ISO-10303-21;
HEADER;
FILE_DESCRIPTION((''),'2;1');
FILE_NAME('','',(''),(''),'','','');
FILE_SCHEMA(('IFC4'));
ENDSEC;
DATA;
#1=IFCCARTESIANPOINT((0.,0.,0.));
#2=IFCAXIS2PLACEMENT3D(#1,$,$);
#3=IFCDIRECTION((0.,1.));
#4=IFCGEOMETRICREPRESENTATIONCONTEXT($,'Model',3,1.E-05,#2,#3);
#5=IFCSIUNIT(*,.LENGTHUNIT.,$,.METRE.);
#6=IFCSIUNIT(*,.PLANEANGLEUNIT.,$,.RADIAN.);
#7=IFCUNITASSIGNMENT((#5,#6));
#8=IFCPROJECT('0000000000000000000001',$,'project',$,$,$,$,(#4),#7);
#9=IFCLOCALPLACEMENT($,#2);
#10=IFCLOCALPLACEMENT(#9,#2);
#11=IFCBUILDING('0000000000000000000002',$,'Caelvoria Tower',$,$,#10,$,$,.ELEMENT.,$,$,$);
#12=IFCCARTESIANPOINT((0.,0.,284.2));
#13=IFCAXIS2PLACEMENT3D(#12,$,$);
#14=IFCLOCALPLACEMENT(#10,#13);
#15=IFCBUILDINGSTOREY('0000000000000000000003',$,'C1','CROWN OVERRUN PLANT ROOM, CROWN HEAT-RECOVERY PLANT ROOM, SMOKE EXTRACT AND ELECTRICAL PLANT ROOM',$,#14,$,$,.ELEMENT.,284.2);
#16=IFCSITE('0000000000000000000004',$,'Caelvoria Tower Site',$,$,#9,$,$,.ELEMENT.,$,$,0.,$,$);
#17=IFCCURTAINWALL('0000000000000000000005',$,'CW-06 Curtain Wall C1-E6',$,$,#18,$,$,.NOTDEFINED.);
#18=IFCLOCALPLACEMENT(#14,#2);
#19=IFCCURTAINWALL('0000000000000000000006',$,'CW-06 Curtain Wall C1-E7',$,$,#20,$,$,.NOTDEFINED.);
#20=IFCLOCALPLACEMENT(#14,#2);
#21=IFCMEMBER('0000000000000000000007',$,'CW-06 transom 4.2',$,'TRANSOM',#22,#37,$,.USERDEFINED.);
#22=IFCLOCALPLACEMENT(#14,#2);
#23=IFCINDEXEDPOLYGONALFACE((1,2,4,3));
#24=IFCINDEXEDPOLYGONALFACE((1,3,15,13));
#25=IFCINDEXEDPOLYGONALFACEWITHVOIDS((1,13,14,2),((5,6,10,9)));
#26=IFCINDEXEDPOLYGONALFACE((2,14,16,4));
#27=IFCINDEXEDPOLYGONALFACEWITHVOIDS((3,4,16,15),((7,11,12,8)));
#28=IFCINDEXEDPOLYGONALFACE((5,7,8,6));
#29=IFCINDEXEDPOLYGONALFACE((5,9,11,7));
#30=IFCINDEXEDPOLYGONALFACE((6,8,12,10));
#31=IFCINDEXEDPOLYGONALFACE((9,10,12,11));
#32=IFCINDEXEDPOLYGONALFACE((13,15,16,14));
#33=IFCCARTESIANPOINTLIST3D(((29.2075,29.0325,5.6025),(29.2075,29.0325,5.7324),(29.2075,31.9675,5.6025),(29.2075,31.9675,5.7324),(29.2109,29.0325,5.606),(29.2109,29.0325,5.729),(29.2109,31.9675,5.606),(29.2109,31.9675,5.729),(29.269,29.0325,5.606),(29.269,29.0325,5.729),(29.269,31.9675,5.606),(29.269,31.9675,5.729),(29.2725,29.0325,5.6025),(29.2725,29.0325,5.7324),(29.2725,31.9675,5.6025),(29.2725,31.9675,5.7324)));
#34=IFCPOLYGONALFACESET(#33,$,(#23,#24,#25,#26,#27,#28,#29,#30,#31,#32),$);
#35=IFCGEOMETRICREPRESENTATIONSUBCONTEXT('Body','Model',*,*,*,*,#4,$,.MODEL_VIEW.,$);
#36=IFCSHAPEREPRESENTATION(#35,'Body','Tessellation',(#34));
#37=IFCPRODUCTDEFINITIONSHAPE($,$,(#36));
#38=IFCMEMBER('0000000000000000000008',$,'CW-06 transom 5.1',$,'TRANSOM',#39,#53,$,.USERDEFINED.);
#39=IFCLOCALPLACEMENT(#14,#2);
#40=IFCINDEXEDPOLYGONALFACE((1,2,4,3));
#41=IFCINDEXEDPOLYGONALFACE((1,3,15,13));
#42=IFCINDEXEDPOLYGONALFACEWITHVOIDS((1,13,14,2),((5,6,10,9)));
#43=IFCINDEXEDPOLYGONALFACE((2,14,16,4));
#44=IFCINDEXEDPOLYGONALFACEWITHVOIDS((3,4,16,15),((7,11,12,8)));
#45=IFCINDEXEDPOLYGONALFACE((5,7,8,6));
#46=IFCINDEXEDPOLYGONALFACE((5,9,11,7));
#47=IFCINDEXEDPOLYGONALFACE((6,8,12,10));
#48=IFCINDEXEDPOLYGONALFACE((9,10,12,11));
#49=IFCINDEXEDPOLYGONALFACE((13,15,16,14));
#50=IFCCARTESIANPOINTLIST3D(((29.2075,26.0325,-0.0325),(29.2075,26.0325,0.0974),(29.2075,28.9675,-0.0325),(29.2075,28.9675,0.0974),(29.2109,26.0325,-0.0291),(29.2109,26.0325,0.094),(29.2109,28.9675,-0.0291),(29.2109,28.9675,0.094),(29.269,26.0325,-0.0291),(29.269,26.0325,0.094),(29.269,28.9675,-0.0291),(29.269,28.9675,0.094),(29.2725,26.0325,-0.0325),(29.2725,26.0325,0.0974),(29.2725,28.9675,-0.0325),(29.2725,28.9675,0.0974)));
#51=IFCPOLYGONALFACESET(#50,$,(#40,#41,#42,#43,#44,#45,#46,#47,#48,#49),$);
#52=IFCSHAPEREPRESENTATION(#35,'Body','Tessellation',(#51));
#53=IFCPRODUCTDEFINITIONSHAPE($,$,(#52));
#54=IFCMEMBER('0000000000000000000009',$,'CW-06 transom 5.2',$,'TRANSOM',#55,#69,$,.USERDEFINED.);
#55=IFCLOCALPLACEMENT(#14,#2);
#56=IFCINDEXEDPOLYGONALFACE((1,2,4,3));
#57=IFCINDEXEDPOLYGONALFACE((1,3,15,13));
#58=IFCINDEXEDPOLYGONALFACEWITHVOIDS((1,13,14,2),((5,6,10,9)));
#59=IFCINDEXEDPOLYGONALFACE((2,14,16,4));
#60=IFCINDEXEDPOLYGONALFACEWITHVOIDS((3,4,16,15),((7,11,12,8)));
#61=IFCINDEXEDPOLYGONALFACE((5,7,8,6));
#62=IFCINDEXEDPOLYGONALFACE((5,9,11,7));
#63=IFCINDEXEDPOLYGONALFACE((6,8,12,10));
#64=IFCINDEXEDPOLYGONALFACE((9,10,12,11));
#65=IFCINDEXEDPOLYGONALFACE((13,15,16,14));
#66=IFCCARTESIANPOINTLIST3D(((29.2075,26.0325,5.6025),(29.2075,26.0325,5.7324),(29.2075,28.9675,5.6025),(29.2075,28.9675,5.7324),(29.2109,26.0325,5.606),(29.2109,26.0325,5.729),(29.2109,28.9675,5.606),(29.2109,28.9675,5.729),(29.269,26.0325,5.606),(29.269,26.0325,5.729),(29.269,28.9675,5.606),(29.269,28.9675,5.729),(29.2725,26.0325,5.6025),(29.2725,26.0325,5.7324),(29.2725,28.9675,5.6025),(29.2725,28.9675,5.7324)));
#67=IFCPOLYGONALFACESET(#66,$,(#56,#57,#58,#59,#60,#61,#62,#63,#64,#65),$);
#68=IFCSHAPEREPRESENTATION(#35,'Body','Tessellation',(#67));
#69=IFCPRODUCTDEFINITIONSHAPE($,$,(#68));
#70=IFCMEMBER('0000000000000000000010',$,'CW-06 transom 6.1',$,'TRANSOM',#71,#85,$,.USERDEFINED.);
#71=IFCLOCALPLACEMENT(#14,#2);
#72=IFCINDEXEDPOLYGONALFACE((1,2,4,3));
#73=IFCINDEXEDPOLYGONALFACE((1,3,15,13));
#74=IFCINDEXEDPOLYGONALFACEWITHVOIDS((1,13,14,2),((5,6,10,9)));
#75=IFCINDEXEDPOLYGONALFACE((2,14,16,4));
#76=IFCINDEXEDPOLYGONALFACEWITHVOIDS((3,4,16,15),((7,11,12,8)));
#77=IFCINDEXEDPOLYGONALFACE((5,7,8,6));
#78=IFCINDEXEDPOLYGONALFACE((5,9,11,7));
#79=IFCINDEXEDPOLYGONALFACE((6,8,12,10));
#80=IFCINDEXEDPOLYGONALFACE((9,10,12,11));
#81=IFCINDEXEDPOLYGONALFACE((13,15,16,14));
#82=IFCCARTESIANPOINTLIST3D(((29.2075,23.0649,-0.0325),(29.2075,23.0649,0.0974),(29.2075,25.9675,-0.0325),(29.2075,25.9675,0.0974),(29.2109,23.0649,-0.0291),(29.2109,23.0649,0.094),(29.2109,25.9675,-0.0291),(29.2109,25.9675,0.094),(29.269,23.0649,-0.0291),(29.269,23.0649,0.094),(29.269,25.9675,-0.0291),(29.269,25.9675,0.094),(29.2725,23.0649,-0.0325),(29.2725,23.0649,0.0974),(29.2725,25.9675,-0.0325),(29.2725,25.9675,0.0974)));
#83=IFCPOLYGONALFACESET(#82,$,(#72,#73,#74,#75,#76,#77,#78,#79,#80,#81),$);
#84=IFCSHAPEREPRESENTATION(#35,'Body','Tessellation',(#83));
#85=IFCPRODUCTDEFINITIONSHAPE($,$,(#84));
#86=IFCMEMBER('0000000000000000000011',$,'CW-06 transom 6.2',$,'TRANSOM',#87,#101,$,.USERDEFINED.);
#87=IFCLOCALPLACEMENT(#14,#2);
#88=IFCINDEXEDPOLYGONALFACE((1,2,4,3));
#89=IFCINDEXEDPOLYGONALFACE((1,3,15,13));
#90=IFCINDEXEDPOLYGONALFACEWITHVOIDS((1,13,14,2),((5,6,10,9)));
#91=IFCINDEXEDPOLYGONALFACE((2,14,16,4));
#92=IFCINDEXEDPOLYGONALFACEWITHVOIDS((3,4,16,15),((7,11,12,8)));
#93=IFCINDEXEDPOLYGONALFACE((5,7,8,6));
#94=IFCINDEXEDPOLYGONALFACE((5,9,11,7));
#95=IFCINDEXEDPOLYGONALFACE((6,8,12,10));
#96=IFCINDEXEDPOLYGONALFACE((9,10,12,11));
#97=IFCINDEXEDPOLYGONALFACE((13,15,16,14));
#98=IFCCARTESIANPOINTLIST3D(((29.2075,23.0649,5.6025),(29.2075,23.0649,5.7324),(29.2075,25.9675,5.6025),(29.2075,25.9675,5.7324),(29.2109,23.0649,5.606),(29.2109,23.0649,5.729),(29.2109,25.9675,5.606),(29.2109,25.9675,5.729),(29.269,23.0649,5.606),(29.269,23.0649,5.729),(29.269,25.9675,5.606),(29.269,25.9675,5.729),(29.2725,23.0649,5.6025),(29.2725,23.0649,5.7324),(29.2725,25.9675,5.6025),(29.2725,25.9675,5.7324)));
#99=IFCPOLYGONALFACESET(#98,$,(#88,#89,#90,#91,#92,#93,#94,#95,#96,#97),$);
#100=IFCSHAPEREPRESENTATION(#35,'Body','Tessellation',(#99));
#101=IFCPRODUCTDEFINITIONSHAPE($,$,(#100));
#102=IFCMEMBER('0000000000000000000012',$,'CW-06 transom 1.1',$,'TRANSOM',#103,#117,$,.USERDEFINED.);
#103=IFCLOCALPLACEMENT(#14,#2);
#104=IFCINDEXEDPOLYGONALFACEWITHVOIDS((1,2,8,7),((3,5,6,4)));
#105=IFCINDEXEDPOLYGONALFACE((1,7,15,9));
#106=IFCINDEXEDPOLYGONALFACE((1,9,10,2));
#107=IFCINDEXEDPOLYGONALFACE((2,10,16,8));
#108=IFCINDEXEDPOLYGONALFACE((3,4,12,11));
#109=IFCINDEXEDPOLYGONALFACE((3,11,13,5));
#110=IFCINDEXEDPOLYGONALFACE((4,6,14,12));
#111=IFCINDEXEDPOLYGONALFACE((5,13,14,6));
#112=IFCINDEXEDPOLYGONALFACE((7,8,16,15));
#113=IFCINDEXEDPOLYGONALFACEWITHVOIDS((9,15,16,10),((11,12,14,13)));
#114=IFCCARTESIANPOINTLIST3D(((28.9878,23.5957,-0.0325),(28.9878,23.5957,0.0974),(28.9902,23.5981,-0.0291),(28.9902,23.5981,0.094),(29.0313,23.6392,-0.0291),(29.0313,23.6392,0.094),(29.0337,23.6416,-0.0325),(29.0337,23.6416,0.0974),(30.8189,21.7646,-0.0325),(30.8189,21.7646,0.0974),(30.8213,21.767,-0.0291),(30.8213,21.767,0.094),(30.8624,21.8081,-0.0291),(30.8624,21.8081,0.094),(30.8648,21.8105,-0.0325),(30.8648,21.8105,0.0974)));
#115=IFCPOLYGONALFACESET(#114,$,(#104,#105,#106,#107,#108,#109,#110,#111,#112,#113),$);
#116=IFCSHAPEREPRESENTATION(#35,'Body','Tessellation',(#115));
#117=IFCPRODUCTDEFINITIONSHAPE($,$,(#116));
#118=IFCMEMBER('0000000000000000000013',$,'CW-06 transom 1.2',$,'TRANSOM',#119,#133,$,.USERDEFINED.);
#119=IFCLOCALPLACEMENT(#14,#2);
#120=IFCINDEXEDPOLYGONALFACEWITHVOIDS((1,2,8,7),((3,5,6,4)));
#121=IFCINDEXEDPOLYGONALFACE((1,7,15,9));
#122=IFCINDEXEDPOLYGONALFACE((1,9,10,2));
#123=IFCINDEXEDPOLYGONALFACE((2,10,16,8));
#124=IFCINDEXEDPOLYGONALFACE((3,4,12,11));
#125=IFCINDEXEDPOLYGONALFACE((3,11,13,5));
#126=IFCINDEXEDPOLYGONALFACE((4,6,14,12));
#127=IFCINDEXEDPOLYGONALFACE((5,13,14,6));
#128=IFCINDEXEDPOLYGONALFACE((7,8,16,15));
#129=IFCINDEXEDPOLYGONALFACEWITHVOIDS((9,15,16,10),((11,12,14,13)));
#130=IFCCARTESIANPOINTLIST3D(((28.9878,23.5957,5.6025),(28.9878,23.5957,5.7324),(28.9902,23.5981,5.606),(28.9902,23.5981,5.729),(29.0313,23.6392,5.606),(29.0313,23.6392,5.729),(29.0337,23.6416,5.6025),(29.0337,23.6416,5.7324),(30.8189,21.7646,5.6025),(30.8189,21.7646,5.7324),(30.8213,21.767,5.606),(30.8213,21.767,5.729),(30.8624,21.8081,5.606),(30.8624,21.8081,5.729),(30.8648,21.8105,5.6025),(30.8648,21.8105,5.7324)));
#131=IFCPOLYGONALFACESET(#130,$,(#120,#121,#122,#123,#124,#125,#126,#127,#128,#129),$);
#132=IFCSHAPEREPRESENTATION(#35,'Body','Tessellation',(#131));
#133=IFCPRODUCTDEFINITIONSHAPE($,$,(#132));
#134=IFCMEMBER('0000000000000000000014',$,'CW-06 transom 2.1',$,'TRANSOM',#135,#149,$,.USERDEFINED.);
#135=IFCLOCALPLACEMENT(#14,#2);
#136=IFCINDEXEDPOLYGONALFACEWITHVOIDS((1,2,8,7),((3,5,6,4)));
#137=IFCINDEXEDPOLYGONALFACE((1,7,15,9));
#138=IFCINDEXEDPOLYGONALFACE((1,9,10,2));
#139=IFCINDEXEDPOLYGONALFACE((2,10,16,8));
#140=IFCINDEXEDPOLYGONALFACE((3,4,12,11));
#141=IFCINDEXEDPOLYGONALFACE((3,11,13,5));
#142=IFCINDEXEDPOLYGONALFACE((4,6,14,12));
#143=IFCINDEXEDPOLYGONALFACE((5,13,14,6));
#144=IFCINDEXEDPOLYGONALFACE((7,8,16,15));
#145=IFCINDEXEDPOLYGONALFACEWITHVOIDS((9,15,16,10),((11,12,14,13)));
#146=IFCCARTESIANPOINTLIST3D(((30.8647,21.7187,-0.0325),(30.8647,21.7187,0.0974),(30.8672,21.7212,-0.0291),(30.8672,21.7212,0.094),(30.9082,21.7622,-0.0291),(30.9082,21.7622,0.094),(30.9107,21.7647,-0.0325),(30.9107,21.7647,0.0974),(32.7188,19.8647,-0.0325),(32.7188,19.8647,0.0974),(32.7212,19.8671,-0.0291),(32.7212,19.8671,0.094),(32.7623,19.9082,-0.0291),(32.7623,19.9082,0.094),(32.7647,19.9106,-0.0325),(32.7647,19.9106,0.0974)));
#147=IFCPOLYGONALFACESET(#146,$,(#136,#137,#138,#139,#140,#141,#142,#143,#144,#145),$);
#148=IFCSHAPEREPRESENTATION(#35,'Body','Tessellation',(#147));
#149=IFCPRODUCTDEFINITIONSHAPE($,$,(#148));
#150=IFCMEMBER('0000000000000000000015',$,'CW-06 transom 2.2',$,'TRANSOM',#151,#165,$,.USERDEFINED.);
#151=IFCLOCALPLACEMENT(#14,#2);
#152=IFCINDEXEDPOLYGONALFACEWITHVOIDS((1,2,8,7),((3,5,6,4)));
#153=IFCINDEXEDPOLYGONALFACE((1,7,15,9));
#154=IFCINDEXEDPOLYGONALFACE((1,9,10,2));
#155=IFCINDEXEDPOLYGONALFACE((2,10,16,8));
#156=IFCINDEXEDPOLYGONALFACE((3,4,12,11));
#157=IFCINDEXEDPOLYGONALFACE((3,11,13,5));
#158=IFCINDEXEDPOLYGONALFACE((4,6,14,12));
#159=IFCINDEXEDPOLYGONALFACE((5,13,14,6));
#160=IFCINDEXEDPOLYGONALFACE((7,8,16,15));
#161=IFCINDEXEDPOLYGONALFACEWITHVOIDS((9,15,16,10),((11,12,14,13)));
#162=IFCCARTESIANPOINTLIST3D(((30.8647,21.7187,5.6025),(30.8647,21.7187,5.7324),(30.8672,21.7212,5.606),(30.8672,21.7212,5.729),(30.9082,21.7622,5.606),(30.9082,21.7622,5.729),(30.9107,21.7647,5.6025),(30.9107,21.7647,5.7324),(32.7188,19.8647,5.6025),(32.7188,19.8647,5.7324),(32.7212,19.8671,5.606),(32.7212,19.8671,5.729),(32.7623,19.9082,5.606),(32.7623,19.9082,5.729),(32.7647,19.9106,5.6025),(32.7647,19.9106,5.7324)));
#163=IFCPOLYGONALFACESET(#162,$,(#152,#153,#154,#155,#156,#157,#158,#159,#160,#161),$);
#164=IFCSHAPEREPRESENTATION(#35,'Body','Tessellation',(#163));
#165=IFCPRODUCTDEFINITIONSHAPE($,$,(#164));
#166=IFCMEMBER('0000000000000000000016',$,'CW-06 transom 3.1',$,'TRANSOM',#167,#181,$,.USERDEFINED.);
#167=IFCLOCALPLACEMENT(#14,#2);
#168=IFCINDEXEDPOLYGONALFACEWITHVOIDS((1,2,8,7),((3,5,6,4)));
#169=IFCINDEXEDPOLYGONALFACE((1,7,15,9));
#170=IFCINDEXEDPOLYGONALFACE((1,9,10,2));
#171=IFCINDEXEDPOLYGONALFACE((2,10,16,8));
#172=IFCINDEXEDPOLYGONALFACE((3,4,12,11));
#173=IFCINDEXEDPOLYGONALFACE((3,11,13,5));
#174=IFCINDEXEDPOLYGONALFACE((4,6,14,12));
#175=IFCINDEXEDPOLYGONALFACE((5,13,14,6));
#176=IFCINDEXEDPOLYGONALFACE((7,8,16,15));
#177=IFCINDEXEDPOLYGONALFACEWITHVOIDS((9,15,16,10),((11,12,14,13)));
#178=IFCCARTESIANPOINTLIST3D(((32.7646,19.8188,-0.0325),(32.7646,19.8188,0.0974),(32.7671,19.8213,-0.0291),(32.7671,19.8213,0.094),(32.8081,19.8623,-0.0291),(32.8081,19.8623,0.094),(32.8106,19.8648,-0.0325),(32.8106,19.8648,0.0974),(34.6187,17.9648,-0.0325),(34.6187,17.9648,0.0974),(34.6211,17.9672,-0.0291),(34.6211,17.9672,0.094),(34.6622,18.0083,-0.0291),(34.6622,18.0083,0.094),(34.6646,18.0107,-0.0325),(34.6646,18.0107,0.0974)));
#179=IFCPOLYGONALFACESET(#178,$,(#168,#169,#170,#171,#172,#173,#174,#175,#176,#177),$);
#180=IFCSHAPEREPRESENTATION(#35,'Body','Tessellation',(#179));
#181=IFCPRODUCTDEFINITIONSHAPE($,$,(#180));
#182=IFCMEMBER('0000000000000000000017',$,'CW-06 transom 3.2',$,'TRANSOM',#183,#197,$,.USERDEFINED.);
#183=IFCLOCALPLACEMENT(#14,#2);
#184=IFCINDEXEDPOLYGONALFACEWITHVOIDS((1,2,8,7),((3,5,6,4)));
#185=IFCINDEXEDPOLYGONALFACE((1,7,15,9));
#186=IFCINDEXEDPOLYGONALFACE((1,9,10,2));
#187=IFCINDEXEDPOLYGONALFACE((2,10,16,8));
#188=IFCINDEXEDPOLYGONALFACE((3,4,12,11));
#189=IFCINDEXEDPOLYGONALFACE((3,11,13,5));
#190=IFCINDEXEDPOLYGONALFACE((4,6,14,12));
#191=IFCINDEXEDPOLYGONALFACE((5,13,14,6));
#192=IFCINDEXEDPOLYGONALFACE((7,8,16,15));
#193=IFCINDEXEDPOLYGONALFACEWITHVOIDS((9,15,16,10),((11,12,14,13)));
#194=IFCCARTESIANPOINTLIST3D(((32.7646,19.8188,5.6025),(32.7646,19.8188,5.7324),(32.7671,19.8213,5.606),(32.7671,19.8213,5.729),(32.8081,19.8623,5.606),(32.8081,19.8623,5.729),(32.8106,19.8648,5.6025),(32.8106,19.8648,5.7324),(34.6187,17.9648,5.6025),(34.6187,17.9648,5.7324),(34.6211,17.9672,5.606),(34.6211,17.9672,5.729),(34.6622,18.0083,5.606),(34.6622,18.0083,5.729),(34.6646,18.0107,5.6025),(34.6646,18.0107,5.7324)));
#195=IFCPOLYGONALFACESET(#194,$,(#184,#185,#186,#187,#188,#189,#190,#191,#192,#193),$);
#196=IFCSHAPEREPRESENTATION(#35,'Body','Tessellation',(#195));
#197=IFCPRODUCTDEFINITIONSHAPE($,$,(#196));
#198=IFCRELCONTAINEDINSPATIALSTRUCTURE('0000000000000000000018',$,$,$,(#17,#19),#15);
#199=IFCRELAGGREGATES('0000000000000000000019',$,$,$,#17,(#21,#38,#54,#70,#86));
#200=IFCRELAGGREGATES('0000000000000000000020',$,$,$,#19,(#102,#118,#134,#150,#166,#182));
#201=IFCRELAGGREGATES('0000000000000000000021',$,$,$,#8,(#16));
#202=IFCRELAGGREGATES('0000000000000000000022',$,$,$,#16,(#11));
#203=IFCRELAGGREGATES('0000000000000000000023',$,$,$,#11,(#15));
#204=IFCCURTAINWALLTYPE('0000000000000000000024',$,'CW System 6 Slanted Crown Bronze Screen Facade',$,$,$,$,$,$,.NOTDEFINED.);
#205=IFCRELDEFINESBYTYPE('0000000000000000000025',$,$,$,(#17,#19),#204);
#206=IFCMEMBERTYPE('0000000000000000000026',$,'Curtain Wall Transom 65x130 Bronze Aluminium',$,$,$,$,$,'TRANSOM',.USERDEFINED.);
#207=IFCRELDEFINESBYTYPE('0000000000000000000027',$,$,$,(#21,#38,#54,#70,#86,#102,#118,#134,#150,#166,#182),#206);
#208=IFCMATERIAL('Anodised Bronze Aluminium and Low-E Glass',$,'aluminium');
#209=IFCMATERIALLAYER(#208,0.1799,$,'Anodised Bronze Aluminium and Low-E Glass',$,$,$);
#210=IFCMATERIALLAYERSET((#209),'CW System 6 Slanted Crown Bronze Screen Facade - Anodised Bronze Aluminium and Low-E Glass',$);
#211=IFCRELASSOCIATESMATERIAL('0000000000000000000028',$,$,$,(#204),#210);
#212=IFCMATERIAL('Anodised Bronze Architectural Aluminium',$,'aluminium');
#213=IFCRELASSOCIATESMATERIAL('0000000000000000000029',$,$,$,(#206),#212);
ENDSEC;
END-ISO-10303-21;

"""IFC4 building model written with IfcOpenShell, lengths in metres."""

from ifc_helpers import new_model, si_unit, direction, frame, origin, origin_2d, place, context, subcontext, project, spatial, hollow_rectangle, extrude, material, layer, layer_set, material_profile, profile_set, type_object, element, aggregate, save


model = new_model("IFC4")

# Units and contexts
model_context = context("Model", 3, precision=1e-05, world=origin(), true_north=direction((0.0, 1.0)))
body_context = subcontext(model_context, "Body", "Model", "MODEL_VIEW")
ifc_project = project(units=[si_unit("LENGTHUNIT", "METRE"), si_unit("PLANEANGLEUNIT", "RADIAN")], contexts=[model_context])

# Site, building, storey
site_placement = place(None, origin())
site = spatial("IfcSite", under=ifc_project, at=site_placement, Name="Caelvoria Tower Site", CompositionType="ELEMENT", RefElevation=0.0)
building_placement = place(site_placement, origin())
building = spatial("IfcBuilding", under=site, at=building_placement, Name="Caelvoria Tower", CompositionType="ELEMENT")
storey_placement = place(building_placement, frame((0.0, 0.0, 284.2)))
storey = spatial("IfcBuildingStorey", under=building, at=storey_placement, Name="C1", Description="CROWN OVERRUN PLANT ROOM, CROWN HEAT-RECOVERY PLANT ROOM, SMOKE EXTRACT AND ELECTRICAL PLANT ROOM", CompositionType="ELEMENT", Elevation=284.2)

# Curtain walls
ifc_material_1 = material(Name="Anodised Bronze Aluminium and Low-E Glass", Category="aluminium")
ifc_layer_1 = layer(ifc_material_1, 0.1799, Name="Anodised Bronze Aluminium and Low-E Glass")
ifc_layer_set_1 = layer_set([ifc_layer_1], Name="CW System 6 Slanted Crown Bronze Screen Facade - Anodised Bronze Aluminium and Low-E Glass")
curtain_wall_type = type_object("IfcCurtainWallType", Name="CW System 6 Slanted Crown Bronze Screen Facade", PredefinedType="NOTDEFINED", material=ifc_layer_set_1)
curtain_wall_1_placement = place(storey_placement, origin())
curtain_wall_1 = element("IfcCurtainWall", 1, at=curtain_wall_1_placement, inside=storey, type_object=curtain_wall_type, Name="CW-06 Curtain Wall C1-E6", PredefinedType="NOTDEFINED")
ifc_material_2 = material(Name="Anodised Bronze Architectural Aluminium", Category="aluminium")
curtain_wall_2_placement = place(storey_placement, origin())
curtain_wall_2 = element("IfcCurtainWall", 2, at=curtain_wall_2_placement, inside=storey, type_object=curtain_wall_type, Name="CW-06 Curtain Wall C1-E7", PredefinedType="NOTDEFINED")

# Members
ifc_material_profile_1 = material_profile(ifc_material_2, hollow_rectangle(XDim=0.0649, YDim=0.1299, WallThickness=0.0034, at=origin_2d()), Name="Anodised Bronze Architectural Aluminium")
ifc_profile_set_1 = profile_set([ifc_material_profile_1], Name="CW_TRAN_65X130 - Anodised Bronze Architectural Aluminium")
member_type_1 = type_object("IfcMemberType", Name="Curtain Wall Transom 65x130 Bronze Aluminium", ElementType="TRANSOM", PredefinedType="USERDEFINED", material=ifc_profile_set_1)
member_1_placement = place(storey_placement, frame((29.24, 31.9675, 5.6675), z_axis=(0.0, -1.0, 0.0), x_axis=(1.0, 0.0, 0.0)))
member_1 = element("IfcMember", 3, at=member_1_placement, type_object=member_type_1, Name="CW-06 transom 4.2", ObjectType="TRANSOM", PredefinedType="USERDEFINED", context=body_context, shape_type="SweptSolid", body=[
    extrude(hollow_rectangle(XDim=0.0649, YDim=0.1299, WallThickness=0.0034, at=origin_2d()), origin(), (0.0, 0.0, 1.0), 2.9351),
])
member_2_placement = place(storey_placement, frame((29.24, 28.9675, 0.0325), z_axis=(0.0, -1.0, 0.0), x_axis=(1.0, 0.0, 0.0)))
member_2 = element("IfcMember", 4, at=member_2_placement, type_object=member_type_1, Name="CW-06 transom 5.1", ObjectType="TRANSOM", PredefinedType="USERDEFINED", context=body_context, shape_type="SweptSolid", body=[
    extrude(hollow_rectangle(XDim=0.0649, YDim=0.1299, WallThickness=0.0034, at=origin_2d()), origin(), (0.0, 0.0, 1.0), 2.9351),
])
member_3_placement = place(storey_placement, frame((29.24, 28.9675, 5.6675), z_axis=(0.0, -1.0, 0.0), x_axis=(1.0, 0.0, 0.0)))
member_3 = element("IfcMember", 5, at=member_3_placement, type_object=member_type_1, Name="CW-06 transom 5.2", ObjectType="TRANSOM", PredefinedType="USERDEFINED", context=body_context, shape_type="SweptSolid", body=[
    extrude(hollow_rectangle(XDim=0.0649, YDim=0.1299, WallThickness=0.0034, at=origin_2d()), origin(), (0.0, 0.0, 1.0), 2.9351),
])
member_4_placement = place(storey_placement, frame((29.24, 25.9675, 0.0325), z_axis=(0.0, -1.0, 0.0), x_axis=(1.0, 0.0, 0.0)))
member_4 = element("IfcMember", 6, at=member_4_placement, type_object=member_type_1, Name="CW-06 transom 6.1", ObjectType="TRANSOM", PredefinedType="USERDEFINED", context=body_context, shape_type="SweptSolid", body=[
    extrude(hollow_rectangle(XDim=0.0649, YDim=0.1299, WallThickness=0.0034, at=origin_2d()), origin(), (0.0, 0.0, 1.0), 2.9026),
])
member_5_placement = place(storey_placement, frame((29.24, 25.9675, 5.6675), z_axis=(0.0, -1.0, 0.0), x_axis=(1.0, 0.0, 0.0)))
member_5 = element("IfcMember", 7, at=member_5_placement, type_object=member_type_1, Name="CW-06 transom 6.2", ObjectType="TRANSOM", PredefinedType="USERDEFINED", context=body_context, shape_type="SweptSolid", body=[
    extrude(hollow_rectangle(XDim=0.0649, YDim=0.1299, WallThickness=0.0034, at=origin_2d()), origin(), (0.0, 0.0, 1.0), 2.9026),
])
member_6_placement = place(storey_placement, frame((29.0107, 23.6187, 0.0325), z_axis=(0.707107, -0.707107, 0.0), x_axis=(0.707107, 0.707107, 0.0)))
member_6 = element("IfcMember", 8, at=member_6_placement, type_object=member_type_1, Name="CW-06 transom 1.1", ObjectType="TRANSOM", PredefinedType="USERDEFINED", context=body_context, shape_type="SweptSolid", body=[
    extrude(hollow_rectangle(XDim=0.0649, YDim=0.1299, WallThickness=0.0034, at=origin_2d()), origin(), (0.0, 0.0, 1.0), 2.5896),
])
member_7_placement = place(storey_placement, frame((29.0107, 23.6187, 5.6675), z_axis=(0.707107, -0.707107, 0.0), x_axis=(0.707107, 0.707107, 0.0)))
member_7 = element("IfcMember", 9, at=member_7_placement, type_object=member_type_1, Name="CW-06 transom 1.2", ObjectType="TRANSOM", PredefinedType="USERDEFINED", context=body_context, shape_type="SweptSolid", body=[
    extrude(hollow_rectangle(XDim=0.0649, YDim=0.1299, WallThickness=0.0034, at=origin_2d()), origin(), (0.0, 0.0, 1.0), 2.5896),
])
member_8_placement = place(storey_placement, frame((30.8877, 21.7417, 0.0325), z_axis=(0.707107, -0.707107, 0.0), x_axis=(0.707107, 0.707107, 0.0)))
member_8 = element("IfcMember", 10, at=member_8_placement, type_object=member_type_1, Name="CW-06 transom 2.1", ObjectType="TRANSOM", PredefinedType="USERDEFINED", context=body_context, shape_type="SweptSolid", body=[
    extrude(hollow_rectangle(XDim=0.0649, YDim=0.1299, WallThickness=0.0034, at=origin_2d()), origin(), (0.0, 0.0, 1.0), 2.6221),
])
member_9_placement = place(storey_placement, frame((30.8877, 21.7417, 5.6675), z_axis=(0.707107, -0.707107, 0.0), x_axis=(0.707107, 0.707107, 0.0)))
member_9 = element("IfcMember", 11, at=member_9_placement, type_object=member_type_1, Name="CW-06 transom 2.2", ObjectType="TRANSOM", PredefinedType="USERDEFINED", context=body_context, shape_type="SweptSolid", body=[
    extrude(hollow_rectangle(XDim=0.0649, YDim=0.1299, WallThickness=0.0034, at=origin_2d()), origin(), (0.0, 0.0, 1.0), 2.6221),
])
member_10_placement = place(storey_placement, frame((32.7876, 19.8418, 0.0325), z_axis=(0.707107, -0.707107, 0.0), x_axis=(0.707107, 0.707107, 0.0)))
member_10 = element("IfcMember", 12, at=member_10_placement, type_object=member_type_1, Name="CW-06 transom 3.1", ObjectType="TRANSOM", PredefinedType="USERDEFINED", context=body_context, shape_type="SweptSolid", body=[
    extrude(hollow_rectangle(XDim=0.0649, YDim=0.1299, WallThickness=0.0034, at=origin_2d()), origin(), (0.0, 0.0, 1.0), 2.6221),
])
member_11_placement = place(storey_placement, frame((32.7876, 19.8418, 5.6675), z_axis=(0.707107, -0.707107, 0.0), x_axis=(0.707107, 0.707107, 0.0)))
member_11 = element("IfcMember", 13, at=member_11_placement, type_object=member_type_1, Name="CW-06 transom 3.2", ObjectType="TRANSOM", PredefinedType="USERDEFINED", context=body_context, shape_type="SweptSolid", body=[
    extrude(hollow_rectangle(XDim=0.0649, YDim=0.1299, WallThickness=0.0034, at=origin_2d()), origin(), (0.0, 0.0, 1.0), 2.6221),
])

aggregate(curtain_wall_1, [member_1, member_2, member_3, member_4, member_5])
aggregate(curtain_wall_2, [member_6, member_7, member_8, member_9, member_10, member_11])

save(model, "model.ifc")
